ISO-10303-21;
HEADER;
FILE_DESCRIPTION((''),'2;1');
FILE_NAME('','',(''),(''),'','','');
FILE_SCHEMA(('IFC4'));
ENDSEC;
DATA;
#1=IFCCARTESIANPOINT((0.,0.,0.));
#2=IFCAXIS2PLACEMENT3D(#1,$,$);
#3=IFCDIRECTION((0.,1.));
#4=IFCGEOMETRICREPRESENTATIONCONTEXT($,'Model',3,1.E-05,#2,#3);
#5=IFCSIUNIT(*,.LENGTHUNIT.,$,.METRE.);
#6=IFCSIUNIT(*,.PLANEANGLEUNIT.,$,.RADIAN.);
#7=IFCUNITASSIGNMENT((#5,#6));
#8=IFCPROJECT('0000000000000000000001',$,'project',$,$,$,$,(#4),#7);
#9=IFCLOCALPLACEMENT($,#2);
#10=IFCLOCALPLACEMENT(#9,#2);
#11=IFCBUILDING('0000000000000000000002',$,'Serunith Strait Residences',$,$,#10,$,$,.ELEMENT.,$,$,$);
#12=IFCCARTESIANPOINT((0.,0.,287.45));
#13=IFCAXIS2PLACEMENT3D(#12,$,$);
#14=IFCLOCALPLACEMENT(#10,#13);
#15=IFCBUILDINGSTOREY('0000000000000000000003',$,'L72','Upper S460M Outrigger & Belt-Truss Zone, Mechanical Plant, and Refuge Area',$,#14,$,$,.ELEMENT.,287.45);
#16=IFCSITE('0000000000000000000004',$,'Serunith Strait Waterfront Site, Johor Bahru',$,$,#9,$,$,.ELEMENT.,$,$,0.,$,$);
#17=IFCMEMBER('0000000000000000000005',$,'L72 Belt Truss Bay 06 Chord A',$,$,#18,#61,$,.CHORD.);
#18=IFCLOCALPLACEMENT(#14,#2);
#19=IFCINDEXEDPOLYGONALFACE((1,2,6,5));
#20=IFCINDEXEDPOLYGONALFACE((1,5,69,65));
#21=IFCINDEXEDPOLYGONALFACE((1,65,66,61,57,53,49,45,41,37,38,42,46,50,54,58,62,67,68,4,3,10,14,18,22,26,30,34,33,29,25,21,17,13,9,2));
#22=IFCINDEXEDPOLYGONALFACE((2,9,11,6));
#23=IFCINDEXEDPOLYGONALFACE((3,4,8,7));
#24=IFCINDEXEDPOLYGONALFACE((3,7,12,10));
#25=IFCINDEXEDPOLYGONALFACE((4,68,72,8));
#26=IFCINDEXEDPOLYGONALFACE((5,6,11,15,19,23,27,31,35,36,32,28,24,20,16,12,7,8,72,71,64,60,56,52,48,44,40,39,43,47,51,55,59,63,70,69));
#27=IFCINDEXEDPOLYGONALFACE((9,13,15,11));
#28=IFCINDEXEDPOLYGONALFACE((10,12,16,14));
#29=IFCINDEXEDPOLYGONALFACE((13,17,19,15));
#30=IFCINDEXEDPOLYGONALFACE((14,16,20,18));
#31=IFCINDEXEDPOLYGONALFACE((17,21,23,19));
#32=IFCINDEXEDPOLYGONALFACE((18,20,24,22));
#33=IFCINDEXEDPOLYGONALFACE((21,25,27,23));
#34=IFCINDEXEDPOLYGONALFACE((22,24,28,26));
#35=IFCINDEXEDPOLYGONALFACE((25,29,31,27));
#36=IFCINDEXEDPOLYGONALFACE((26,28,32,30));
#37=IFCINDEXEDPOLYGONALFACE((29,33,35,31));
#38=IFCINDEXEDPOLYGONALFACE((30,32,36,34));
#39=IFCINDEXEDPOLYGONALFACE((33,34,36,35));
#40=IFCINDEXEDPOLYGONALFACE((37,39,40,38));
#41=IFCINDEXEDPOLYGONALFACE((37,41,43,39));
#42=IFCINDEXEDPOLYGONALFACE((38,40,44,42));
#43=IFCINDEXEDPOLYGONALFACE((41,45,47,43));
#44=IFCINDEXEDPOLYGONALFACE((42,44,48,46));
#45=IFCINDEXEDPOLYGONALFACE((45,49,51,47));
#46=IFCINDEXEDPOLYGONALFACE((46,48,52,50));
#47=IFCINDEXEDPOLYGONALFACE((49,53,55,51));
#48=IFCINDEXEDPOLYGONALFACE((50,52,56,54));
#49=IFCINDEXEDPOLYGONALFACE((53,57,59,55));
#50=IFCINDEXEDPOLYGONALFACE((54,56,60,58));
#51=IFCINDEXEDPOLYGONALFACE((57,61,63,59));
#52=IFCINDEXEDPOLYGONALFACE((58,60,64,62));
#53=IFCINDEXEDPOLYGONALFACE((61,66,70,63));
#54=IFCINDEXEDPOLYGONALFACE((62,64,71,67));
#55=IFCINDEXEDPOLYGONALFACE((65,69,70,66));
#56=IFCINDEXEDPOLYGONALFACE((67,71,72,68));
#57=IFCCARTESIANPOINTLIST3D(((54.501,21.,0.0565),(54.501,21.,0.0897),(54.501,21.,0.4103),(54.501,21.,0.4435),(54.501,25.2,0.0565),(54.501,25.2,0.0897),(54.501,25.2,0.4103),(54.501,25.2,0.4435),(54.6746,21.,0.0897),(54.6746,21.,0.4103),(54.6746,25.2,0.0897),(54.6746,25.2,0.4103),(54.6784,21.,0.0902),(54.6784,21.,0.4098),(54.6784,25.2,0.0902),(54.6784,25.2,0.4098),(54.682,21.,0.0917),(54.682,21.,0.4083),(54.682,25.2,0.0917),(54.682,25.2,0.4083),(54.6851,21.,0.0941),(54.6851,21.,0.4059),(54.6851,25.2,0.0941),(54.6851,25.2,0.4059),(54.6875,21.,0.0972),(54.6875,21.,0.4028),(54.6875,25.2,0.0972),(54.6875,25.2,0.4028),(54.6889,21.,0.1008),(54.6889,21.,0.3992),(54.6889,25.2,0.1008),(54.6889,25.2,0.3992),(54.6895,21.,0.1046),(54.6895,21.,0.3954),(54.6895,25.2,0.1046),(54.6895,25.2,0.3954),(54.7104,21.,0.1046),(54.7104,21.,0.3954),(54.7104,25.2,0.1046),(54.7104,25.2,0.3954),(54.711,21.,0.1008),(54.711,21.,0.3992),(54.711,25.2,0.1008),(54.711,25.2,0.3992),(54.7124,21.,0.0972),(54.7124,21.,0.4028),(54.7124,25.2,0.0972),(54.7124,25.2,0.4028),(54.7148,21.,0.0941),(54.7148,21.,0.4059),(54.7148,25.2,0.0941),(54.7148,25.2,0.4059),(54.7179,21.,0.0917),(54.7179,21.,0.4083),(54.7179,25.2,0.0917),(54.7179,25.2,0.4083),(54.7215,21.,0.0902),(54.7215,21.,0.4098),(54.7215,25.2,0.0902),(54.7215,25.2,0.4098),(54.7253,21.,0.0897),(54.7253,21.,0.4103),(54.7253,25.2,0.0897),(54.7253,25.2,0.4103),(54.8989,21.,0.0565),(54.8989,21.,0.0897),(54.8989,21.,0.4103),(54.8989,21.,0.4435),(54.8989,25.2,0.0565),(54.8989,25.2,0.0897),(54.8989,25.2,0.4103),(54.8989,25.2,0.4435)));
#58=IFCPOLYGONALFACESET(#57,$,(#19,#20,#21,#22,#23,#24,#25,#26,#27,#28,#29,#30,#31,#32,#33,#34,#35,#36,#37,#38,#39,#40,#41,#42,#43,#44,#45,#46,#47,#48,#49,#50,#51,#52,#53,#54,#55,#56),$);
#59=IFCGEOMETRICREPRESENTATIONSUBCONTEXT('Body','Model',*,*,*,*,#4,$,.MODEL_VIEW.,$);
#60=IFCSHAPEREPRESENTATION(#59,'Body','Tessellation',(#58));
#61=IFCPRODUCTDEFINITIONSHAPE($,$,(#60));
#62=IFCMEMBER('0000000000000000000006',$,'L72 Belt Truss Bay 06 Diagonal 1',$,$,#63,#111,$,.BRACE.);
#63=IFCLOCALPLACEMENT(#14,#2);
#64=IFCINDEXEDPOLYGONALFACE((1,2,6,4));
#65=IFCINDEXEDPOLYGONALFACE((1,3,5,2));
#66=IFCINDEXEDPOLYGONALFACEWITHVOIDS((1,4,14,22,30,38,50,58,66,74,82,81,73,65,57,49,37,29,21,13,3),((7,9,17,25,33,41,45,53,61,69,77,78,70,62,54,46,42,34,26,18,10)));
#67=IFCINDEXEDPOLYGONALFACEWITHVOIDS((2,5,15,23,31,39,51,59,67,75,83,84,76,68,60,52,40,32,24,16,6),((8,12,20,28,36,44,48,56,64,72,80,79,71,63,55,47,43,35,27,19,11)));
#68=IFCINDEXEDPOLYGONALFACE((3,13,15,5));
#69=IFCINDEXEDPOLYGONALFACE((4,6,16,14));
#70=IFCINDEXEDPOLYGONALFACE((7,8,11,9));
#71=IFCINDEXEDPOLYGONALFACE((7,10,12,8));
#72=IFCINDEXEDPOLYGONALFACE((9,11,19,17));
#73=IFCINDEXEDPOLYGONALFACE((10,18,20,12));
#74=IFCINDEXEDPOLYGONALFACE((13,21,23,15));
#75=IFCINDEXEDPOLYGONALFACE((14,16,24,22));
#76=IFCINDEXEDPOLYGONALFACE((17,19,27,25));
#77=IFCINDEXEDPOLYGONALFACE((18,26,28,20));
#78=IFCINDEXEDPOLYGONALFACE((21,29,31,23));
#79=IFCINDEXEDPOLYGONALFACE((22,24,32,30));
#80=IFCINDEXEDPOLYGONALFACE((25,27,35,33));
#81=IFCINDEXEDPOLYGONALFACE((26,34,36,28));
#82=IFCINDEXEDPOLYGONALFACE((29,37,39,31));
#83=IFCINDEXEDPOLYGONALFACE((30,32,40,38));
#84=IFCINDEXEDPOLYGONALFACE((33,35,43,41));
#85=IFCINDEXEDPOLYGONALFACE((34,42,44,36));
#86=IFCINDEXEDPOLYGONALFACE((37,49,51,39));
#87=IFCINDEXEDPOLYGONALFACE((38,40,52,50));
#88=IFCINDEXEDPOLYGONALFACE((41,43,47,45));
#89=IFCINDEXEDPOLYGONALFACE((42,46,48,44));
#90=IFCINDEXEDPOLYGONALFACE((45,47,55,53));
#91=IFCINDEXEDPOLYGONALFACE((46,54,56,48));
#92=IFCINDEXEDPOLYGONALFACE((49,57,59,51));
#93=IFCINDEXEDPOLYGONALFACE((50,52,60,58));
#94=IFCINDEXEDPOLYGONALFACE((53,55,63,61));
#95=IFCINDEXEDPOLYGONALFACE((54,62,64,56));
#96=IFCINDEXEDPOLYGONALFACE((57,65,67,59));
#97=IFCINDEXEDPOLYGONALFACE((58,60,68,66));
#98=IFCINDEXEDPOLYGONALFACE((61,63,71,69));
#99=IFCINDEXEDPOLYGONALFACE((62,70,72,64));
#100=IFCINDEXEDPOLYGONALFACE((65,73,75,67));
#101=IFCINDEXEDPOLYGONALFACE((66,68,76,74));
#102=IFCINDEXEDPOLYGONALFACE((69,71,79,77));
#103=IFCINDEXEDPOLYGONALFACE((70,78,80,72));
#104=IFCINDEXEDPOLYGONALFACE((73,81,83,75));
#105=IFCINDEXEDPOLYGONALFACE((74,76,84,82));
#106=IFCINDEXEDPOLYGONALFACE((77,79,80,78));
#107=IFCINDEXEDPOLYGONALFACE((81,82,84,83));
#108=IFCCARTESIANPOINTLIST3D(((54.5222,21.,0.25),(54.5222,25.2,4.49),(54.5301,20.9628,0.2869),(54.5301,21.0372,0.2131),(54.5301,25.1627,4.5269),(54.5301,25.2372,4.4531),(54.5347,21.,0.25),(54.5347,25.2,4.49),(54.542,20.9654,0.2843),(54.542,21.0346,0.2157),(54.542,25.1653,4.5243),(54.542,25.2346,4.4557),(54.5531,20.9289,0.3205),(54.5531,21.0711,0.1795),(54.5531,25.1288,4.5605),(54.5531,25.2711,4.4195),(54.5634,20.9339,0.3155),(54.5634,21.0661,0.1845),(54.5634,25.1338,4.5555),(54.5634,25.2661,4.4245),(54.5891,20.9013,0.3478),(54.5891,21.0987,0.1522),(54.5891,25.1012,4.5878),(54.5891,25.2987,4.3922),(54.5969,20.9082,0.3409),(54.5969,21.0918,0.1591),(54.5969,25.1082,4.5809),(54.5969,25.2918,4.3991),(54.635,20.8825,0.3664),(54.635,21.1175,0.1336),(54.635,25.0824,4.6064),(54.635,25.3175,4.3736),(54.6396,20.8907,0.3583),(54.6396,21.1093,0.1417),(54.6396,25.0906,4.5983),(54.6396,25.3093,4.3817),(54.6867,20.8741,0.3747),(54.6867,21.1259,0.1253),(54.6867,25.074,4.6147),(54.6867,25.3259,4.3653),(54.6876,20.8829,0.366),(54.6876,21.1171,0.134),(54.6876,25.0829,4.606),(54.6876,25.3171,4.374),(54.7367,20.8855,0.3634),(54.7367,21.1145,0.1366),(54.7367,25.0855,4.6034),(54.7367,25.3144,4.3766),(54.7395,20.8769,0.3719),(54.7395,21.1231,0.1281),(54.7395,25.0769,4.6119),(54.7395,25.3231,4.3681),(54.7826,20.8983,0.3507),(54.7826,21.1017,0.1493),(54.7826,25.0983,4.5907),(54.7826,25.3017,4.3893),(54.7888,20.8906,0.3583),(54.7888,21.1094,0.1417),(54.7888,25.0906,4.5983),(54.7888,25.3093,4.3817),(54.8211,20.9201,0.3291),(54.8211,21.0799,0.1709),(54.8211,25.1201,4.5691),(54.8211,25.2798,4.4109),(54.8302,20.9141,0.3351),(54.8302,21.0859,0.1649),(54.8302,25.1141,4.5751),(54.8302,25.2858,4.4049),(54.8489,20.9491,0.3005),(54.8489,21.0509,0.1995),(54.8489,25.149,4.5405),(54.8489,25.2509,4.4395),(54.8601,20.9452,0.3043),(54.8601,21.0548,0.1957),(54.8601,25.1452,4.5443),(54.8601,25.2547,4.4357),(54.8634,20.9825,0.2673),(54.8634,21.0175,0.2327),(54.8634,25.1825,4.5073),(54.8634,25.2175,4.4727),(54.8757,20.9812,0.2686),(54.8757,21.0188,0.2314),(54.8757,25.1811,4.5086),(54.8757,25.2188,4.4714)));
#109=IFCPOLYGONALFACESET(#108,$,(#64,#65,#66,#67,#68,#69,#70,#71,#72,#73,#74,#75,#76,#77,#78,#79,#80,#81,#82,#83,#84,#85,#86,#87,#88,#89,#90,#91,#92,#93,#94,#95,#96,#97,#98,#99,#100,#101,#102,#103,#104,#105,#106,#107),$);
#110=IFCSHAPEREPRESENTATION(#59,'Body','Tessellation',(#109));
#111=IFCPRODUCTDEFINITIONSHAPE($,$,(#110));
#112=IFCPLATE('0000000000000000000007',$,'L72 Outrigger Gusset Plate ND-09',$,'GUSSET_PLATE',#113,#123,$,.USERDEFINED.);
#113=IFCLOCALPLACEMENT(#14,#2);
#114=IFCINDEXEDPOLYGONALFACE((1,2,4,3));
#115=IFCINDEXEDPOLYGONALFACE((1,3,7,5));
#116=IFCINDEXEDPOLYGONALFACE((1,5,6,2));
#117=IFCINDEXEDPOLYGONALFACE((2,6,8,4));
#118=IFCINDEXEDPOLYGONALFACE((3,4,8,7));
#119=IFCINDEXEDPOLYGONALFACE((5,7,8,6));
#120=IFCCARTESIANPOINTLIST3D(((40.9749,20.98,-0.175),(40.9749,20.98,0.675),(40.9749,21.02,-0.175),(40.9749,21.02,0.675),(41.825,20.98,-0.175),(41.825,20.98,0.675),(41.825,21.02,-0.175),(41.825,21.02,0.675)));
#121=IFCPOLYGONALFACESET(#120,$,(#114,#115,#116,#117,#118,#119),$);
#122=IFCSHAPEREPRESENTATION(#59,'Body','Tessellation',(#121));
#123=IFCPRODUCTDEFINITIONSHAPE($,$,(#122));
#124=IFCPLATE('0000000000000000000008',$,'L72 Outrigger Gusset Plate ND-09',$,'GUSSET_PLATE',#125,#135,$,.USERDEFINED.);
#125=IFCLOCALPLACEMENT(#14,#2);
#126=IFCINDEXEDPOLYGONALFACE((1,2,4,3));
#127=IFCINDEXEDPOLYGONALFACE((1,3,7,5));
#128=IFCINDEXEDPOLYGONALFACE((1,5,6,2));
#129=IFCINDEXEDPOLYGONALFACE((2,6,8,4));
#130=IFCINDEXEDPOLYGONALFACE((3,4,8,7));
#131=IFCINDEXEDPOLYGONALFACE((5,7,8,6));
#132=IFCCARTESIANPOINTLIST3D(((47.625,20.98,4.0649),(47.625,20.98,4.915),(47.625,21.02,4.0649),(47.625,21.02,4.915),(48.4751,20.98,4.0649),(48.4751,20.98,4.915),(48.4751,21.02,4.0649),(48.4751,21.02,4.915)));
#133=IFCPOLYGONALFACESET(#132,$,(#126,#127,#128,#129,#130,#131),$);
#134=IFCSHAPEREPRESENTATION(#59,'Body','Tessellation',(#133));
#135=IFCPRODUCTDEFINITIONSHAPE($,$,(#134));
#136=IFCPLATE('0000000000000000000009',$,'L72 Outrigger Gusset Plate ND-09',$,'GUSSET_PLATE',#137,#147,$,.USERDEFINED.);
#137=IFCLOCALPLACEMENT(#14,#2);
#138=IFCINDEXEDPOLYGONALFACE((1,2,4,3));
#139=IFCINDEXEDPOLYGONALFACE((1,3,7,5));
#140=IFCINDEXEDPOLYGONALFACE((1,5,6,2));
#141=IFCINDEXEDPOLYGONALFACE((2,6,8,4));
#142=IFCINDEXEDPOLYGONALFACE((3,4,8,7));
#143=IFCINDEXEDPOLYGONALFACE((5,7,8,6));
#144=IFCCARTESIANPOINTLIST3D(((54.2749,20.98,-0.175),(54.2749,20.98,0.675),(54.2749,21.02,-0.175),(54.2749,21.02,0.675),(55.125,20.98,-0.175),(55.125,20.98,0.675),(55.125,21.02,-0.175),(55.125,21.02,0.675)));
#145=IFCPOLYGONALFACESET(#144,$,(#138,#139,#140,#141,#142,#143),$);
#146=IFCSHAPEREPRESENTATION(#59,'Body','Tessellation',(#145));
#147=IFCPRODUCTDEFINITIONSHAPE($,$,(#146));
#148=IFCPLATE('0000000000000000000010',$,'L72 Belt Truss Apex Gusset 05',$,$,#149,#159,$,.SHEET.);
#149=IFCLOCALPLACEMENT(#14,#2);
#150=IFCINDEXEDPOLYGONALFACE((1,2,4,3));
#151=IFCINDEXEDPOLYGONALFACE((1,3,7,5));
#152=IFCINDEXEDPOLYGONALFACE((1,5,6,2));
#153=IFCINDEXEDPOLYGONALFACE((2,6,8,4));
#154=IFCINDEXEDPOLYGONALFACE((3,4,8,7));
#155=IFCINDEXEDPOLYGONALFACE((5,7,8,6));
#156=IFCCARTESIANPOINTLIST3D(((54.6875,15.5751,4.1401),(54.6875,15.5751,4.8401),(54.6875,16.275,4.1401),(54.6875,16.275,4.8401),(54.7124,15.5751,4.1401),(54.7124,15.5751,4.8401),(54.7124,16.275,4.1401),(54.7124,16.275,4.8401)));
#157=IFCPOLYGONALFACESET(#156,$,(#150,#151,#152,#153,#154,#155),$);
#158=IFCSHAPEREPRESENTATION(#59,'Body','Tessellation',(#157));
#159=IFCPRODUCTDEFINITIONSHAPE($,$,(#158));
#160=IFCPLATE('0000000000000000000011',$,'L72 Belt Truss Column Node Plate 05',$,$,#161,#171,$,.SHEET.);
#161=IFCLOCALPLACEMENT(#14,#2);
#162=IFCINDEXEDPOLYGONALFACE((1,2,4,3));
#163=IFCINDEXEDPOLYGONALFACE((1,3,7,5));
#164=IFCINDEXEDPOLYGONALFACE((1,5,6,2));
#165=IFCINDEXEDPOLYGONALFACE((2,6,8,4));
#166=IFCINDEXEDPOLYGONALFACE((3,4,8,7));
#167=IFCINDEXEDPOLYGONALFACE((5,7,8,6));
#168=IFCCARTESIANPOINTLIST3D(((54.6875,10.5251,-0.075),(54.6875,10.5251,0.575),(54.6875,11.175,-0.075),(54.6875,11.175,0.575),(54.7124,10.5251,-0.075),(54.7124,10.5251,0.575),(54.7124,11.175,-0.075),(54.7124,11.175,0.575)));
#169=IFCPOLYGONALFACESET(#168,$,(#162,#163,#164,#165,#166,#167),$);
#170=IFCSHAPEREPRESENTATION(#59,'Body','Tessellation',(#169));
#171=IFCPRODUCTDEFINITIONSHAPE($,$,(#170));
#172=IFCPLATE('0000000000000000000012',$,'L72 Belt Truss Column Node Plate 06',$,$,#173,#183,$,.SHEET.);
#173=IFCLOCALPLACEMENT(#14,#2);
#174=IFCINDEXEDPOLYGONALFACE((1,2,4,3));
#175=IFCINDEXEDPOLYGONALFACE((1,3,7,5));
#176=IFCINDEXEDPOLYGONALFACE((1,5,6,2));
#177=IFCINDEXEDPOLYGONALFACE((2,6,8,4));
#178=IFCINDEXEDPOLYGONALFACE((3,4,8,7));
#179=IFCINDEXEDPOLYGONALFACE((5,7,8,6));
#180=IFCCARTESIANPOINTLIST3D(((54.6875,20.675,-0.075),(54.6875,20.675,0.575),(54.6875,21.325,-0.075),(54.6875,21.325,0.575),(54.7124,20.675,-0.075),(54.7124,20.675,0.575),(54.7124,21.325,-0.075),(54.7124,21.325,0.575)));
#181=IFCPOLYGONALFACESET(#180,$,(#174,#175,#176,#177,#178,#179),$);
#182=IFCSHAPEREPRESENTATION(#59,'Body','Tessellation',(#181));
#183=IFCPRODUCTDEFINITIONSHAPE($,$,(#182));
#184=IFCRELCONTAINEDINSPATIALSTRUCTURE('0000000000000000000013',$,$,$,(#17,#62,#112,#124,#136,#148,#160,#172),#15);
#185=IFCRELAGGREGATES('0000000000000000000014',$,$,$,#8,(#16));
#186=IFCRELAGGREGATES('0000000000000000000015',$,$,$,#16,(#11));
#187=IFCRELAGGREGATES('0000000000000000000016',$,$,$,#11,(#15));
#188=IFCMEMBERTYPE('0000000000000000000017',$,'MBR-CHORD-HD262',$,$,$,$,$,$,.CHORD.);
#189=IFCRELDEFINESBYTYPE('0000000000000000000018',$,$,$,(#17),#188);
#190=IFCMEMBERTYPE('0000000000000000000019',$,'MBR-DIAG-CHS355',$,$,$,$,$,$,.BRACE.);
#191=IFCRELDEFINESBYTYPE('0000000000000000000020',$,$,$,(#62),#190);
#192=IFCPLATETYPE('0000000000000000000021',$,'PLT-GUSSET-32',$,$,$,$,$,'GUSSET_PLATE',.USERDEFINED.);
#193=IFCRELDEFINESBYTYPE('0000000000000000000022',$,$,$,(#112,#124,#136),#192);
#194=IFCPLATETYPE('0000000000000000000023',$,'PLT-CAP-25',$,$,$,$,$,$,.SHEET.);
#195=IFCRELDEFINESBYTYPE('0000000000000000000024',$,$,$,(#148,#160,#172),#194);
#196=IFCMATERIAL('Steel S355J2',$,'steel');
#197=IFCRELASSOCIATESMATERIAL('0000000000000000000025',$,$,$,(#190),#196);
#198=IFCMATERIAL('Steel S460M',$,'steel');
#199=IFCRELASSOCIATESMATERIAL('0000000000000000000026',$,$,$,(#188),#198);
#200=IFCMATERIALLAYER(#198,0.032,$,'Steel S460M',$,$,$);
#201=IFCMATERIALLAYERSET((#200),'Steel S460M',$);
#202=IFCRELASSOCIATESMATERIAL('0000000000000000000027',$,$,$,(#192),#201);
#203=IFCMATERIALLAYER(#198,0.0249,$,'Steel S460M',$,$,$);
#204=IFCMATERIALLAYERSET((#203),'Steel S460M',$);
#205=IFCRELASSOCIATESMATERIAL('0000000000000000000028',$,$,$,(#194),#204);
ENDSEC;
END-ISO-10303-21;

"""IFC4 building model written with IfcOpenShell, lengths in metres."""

from ifc_helpers import new_model, si_unit, direction, frame, origin, origin_2d, place, context, subcontext, project, spatial, rectangle, hollow_circle, i_section, extrude, source, transform, mapped, material, layer, layer_set, material_profile, profile_set, type_object, element, save


model = new_model("IFC4")

# Units and contexts
model_context = context("Model", 3, precision=1e-05, world=origin(), true_north=direction((0.0, 1.0)))
body_context = subcontext(model_context, "Body", "Model", "MODEL_VIEW")
ifc_project = project(units=[si_unit("LENGTHUNIT", "METRE"), si_unit("PLANEANGLEUNIT", "RADIAN")], contexts=[model_context])

# Site, building, storey
site_placement = place(None, origin())
site = spatial("IfcSite", under=ifc_project, at=site_placement, Name="Serunith Strait Waterfront Site, Johor Bahru", CompositionType="ELEMENT", RefElevation=0.0)
building_placement = place(site_placement, origin())
building = spatial("IfcBuilding", under=site, at=building_placement, Name="Serunith Strait Residences", CompositionType="ELEMENT")
storey_placement = place(building_placement, frame((0.0, 0.0, 287.45)))
storey = spatial("IfcBuildingStorey", under=building, at=storey_placement, Name="L72", Description="Upper S460M Outrigger & Belt-Truss Zone, Mechanical Plant, and Refuge Area", CompositionType="ELEMENT", Elevation=287.45)

# Shared definitions
ifc_material_1 = material(Name="Steel S355J2", Category="steel")

# Members
ifc_material_2 = material(Name="Steel S460M", Category="steel")
ifc_material_profile_1 = material_profile(ifc_material_1, hollow_circle(Radius=0.1777, WallThickness=0.0125, at=origin_2d()), Name="CHS 355.6x12.5")
ifc_profile_set_1 = profile_set([ifc_material_profile_1], Name="Steel S355J2")
member_type_1 = type_object("IfcMemberType", Name="MBR-DIAG-CHS355", PredefinedType="BRACE", material=ifc_profile_set_1)
ifc_material_profile_2 = material_profile(ifc_material_2, i_section(OverallWidth=0.3979, OverallDepth=0.387, WebThickness=0.021, FlangeThickness=0.0332, FilletRadius=0.0149, at=origin_2d()), Name="HD 400x262")
ifc_profile_set_2 = profile_set([ifc_material_profile_2], Name="Steel S460M")
member_type_2 = type_object("IfcMemberType", Name="MBR-CHORD-HD262", PredefinedType="CHORD", material=ifc_profile_set_2)
shared_shape_1 = source(origin(), body_context, "Body", "SweptSolid", [
    extrude(i_section(OverallWidth=0.3979, OverallDepth=0.387, WebThickness=0.021, FlangeThickness=0.0332, FilletRadius=0.0149, at=origin_2d()), origin(), (0.0, 0.0, 1.0), 4.2),
])
member_1_placement = place(storey_placement, frame((54.7, 21.0, 0.25), z_axis=(0.0, 1.0, 0.0), x_axis=(-1.0, 0.0, 0.0)))
element("IfcMember", 1, at=member_1_placement, inside=storey, type_object=member_type_2, Name="L72 Belt Truss Bay 06 Chord A", PredefinedType="CHORD", context=body_context, shape_type="MappedRepresentation", body=[
    mapped(shared_shape_1, transform((0.0, 0.0, 0.0), scale=1.0)),
])
shared_shape_2 = source(origin(), body_context, "Body", "SweptSolid", [
    extrude(hollow_circle(Radius=0.1777, WallThickness=0.0125, at=origin_2d()), origin(), (0.0, 0.0, 1.0), 5.968),
])
member_2_placement = place(storey_placement, frame((54.7, 21.0, 0.25), z_axis=(0.0, 0.703744, 0.710453), x_axis=(-1.0, 0.0, 0.0)))
element("IfcMember", 2, at=member_2_placement, inside=storey, type_object=member_type_1, Name="L72 Belt Truss Bay 06 Diagonal 1", PredefinedType="BRACE", context=body_context, shape_type="MappedRepresentation", body=[
    mapped(shared_shape_2, transform((0.0, 0.0, 0.0), scale=1.0)),
])

# Plates
ifc_layer_1 = layer(ifc_material_2, 0.032, Name="Steel S460M")
ifc_layer_set_1 = layer_set([ifc_layer_1], Name="Steel S460M")
plate_type_1 = type_object("IfcPlateType", Name="PLT-GUSSET-32", ElementType="GUSSET_PLATE", PredefinedType="USERDEFINED", material=ifc_layer_set_1)
shared_shape_3 = source(origin(), body_context, "Body", "SweptSolid", [
    extrude(rectangle(XDim=0.8501, YDim=0.04, at=origin_2d()), origin(), (0.0, 0.0, 1.0), 0.8501),
])
for number, where, z_axis, x_axis, name in (
    (3, (41.3999, 21.0, -0.175), (0.0, 0.0, 1.0), (1.0, 0.0, 0.0), "L72 Outrigger Gusset Plate ND-09"),
    (4, (48.05, 21.0, 4.0649), (0.0, 0.0, 1.0), (1.0, 0.0, 0.0), "L72 Outrigger Gusset Plate ND-09"),
    (5, (54.7, 21.0, -0.175), (0.0, 0.0, 1.0), (1.0, 0.0, 0.0), "L72 Outrigger Gusset Plate ND-09"),
):
    element("IfcPlate", number, at=place(storey_placement, frame(where, z_axis=z_axis, x_axis=x_axis)), inside=storey, type_object=plate_type_1, Name=name, ObjectType="GUSSET_PLATE", PredefinedType="USERDEFINED", context=body_context, shape_type="MappedRepresentation", body=[
        mapped(shared_shape_3, transform((0.0, 0.0, 0.0), scale=1.0)),
    ])
ifc_layer_2 = layer(ifc_material_2, 0.0249, Name="Steel S460M")
ifc_layer_set_2 = layer_set([ifc_layer_2], Name="Steel S460M")
plate_type_2 = type_object("IfcPlateType", Name="PLT-CAP-25", PredefinedType="SHEET", material=ifc_layer_set_2)
shared_shape_4 = source(origin(), body_context, "Body", "SweptSolid", [
    extrude(rectangle(XDim=0.7, YDim=0.0249, at=origin_2d()), origin(), (0.0, 0.0, 1.0), 0.7),
])
plate_placement = place(storey_placement, frame((54.7, 15.925, 4.1401), z_axis=(0.0, 0.0, 1.0), x_axis=(0.0, 1.0, 0.0)))
element("IfcPlate", 6, at=plate_placement, inside=storey, type_object=plate_type_2, Name="L72 Belt Truss Apex Gusset 05", PredefinedType="SHEET", context=body_context, shape_type="MappedRepresentation", body=[
    mapped(shared_shape_4, transform((0.0, 0.0, 0.0), scale=1.0)),
])
shared_shape_5 = source(origin(), body_context, "Body", "SweptSolid", [
    extrude(rectangle(XDim=0.6499, YDim=0.0249, at=origin_2d()), origin(), (0.0, 0.0, 1.0), 0.6499),
])
for number, where, z_axis, x_axis, name in (
    (7, (54.7, 10.8501, -0.075), (0.0, 0.0, 1.0), (0.0, 1.0, 0.0), "L72 Belt Truss Column Node Plate 05"),
    (8, (54.7, 21.0, -0.075), (0.0, 0.0, 1.0), (0.0, 1.0, 0.0), "L72 Belt Truss Column Node Plate 06"),
):
    element("IfcPlate", number, at=place(storey_placement, frame(where, z_axis=z_axis, x_axis=x_axis)), inside=storey, type_object=plate_type_2, Name=name, PredefinedType="SHEET", context=body_context, shape_type="MappedRepresentation", body=[
        mapped(shared_shape_5, transform((0.0, 0.0, 0.0), scale=1.0)),
    ])

save(model, "model.ifc")
